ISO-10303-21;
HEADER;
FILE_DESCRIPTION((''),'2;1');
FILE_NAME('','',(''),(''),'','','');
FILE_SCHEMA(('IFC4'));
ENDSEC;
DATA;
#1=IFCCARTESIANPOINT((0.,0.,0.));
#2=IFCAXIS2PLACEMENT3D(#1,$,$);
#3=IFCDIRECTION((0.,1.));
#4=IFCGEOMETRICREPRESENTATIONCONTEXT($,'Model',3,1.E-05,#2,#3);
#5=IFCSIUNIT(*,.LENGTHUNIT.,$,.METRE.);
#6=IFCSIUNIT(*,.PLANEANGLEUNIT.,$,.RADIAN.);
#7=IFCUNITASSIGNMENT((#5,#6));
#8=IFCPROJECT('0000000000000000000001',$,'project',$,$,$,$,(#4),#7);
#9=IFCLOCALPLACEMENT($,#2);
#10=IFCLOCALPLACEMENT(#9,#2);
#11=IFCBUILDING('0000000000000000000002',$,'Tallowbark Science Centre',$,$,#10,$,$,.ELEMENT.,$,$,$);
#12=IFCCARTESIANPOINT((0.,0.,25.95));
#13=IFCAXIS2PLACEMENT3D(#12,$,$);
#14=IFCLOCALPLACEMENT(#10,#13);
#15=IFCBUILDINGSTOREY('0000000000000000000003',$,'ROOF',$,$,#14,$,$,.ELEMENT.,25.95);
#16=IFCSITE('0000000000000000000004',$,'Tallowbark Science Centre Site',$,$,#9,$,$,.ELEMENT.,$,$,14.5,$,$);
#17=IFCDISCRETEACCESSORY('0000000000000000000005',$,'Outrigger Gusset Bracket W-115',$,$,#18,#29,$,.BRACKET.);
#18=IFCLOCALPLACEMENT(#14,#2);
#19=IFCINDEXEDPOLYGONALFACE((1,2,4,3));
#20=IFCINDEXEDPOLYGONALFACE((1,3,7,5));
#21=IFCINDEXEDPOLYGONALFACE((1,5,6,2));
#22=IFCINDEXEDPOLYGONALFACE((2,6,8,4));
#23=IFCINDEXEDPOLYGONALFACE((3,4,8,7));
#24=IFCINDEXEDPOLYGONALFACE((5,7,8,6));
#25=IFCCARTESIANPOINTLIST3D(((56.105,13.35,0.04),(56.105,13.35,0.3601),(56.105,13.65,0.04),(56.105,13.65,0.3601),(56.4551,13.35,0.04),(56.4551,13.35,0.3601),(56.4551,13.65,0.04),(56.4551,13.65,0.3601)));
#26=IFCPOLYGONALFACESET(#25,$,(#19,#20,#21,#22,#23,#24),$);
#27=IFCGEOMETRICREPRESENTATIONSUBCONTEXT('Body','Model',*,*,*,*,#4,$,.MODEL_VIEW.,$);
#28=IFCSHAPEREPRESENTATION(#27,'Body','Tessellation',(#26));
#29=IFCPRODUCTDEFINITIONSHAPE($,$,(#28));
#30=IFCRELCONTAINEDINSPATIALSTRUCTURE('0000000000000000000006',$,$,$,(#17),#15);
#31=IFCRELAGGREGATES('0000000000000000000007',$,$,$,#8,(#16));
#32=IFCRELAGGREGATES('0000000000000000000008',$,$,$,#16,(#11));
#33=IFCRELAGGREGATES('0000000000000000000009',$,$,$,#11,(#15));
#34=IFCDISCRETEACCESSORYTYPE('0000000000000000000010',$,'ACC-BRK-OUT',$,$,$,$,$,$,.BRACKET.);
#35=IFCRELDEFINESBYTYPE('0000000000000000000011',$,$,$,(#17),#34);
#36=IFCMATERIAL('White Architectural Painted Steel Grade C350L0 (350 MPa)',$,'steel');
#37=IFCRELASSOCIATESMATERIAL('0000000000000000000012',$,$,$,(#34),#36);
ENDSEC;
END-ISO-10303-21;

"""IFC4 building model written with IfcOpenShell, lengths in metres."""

from ifc_helpers import new_model, si_unit, direction, frame, origin, origin_2d, place, context, subcontext, project, spatial, rectangle, extrude, material, type_object, element, save


model = new_model("IFC4")

# Units and contexts
model_context = context("Model", 3, precision=1e-05, world=origin(), true_north=direction((0.0, 1.0)))
body_context = subcontext(model_context, "Body", "Model", "MODEL_VIEW")
ifc_project = project(units=[si_unit("LENGTHUNIT", "METRE"), si_unit("PLANEANGLEUNIT", "RADIAN")], contexts=[model_context])

# Site, building, storey
site_placement = place(None, origin())
site = spatial("IfcSite", under=ifc_project, at=site_placement, Name="Tallowbark Science Centre Site", CompositionType="ELEMENT", RefElevation=14.5)
building_placement = place(site_placement, origin())
building = spatial("IfcBuilding", under=site, at=building_placement, Name="Tallowbark Science Centre", CompositionType="ELEMENT")
storey_placement = place(building_placement, frame((0.0, 0.0, 25.95)))
storey = spatial("IfcBuildingStorey", under=building, at=storey_placement, Name="ROOF", CompositionType="ELEMENT", Elevation=25.95)

# Shared definitions
ifc_material_1 = material(Name="White Architectural Painted Steel Grade C350L0 (350 MPa)", Category="steel")

# Discrete accessory
discrete_accessory_type = type_object("IfcDiscreteAccessoryType", Name="ACC-BRK-OUT", PredefinedType="BRACKET", material=ifc_material_1)
discrete_accessory_placement = place(storey_placement, frame((56.28, 13.5, 0.04), z_axis=(0.0, 0.0, 1.0), x_axis=(1.0, 0.0, 0.0)))
element("IfcDiscreteAccessory", 1, at=discrete_accessory_placement, inside=storey, type_object=discrete_accessory_type, Name="Outrigger Gusset Bracket W-115", PredefinedType="BRACKET", context=body_context, shape_type="SweptSolid", body=[
    extrude(rectangle(XDim=0.3501, YDim=0.3, at=origin_2d()), origin(), (0.0, 0.0, 1.0), 0.3201),
])

save(model, "model.ifc")
